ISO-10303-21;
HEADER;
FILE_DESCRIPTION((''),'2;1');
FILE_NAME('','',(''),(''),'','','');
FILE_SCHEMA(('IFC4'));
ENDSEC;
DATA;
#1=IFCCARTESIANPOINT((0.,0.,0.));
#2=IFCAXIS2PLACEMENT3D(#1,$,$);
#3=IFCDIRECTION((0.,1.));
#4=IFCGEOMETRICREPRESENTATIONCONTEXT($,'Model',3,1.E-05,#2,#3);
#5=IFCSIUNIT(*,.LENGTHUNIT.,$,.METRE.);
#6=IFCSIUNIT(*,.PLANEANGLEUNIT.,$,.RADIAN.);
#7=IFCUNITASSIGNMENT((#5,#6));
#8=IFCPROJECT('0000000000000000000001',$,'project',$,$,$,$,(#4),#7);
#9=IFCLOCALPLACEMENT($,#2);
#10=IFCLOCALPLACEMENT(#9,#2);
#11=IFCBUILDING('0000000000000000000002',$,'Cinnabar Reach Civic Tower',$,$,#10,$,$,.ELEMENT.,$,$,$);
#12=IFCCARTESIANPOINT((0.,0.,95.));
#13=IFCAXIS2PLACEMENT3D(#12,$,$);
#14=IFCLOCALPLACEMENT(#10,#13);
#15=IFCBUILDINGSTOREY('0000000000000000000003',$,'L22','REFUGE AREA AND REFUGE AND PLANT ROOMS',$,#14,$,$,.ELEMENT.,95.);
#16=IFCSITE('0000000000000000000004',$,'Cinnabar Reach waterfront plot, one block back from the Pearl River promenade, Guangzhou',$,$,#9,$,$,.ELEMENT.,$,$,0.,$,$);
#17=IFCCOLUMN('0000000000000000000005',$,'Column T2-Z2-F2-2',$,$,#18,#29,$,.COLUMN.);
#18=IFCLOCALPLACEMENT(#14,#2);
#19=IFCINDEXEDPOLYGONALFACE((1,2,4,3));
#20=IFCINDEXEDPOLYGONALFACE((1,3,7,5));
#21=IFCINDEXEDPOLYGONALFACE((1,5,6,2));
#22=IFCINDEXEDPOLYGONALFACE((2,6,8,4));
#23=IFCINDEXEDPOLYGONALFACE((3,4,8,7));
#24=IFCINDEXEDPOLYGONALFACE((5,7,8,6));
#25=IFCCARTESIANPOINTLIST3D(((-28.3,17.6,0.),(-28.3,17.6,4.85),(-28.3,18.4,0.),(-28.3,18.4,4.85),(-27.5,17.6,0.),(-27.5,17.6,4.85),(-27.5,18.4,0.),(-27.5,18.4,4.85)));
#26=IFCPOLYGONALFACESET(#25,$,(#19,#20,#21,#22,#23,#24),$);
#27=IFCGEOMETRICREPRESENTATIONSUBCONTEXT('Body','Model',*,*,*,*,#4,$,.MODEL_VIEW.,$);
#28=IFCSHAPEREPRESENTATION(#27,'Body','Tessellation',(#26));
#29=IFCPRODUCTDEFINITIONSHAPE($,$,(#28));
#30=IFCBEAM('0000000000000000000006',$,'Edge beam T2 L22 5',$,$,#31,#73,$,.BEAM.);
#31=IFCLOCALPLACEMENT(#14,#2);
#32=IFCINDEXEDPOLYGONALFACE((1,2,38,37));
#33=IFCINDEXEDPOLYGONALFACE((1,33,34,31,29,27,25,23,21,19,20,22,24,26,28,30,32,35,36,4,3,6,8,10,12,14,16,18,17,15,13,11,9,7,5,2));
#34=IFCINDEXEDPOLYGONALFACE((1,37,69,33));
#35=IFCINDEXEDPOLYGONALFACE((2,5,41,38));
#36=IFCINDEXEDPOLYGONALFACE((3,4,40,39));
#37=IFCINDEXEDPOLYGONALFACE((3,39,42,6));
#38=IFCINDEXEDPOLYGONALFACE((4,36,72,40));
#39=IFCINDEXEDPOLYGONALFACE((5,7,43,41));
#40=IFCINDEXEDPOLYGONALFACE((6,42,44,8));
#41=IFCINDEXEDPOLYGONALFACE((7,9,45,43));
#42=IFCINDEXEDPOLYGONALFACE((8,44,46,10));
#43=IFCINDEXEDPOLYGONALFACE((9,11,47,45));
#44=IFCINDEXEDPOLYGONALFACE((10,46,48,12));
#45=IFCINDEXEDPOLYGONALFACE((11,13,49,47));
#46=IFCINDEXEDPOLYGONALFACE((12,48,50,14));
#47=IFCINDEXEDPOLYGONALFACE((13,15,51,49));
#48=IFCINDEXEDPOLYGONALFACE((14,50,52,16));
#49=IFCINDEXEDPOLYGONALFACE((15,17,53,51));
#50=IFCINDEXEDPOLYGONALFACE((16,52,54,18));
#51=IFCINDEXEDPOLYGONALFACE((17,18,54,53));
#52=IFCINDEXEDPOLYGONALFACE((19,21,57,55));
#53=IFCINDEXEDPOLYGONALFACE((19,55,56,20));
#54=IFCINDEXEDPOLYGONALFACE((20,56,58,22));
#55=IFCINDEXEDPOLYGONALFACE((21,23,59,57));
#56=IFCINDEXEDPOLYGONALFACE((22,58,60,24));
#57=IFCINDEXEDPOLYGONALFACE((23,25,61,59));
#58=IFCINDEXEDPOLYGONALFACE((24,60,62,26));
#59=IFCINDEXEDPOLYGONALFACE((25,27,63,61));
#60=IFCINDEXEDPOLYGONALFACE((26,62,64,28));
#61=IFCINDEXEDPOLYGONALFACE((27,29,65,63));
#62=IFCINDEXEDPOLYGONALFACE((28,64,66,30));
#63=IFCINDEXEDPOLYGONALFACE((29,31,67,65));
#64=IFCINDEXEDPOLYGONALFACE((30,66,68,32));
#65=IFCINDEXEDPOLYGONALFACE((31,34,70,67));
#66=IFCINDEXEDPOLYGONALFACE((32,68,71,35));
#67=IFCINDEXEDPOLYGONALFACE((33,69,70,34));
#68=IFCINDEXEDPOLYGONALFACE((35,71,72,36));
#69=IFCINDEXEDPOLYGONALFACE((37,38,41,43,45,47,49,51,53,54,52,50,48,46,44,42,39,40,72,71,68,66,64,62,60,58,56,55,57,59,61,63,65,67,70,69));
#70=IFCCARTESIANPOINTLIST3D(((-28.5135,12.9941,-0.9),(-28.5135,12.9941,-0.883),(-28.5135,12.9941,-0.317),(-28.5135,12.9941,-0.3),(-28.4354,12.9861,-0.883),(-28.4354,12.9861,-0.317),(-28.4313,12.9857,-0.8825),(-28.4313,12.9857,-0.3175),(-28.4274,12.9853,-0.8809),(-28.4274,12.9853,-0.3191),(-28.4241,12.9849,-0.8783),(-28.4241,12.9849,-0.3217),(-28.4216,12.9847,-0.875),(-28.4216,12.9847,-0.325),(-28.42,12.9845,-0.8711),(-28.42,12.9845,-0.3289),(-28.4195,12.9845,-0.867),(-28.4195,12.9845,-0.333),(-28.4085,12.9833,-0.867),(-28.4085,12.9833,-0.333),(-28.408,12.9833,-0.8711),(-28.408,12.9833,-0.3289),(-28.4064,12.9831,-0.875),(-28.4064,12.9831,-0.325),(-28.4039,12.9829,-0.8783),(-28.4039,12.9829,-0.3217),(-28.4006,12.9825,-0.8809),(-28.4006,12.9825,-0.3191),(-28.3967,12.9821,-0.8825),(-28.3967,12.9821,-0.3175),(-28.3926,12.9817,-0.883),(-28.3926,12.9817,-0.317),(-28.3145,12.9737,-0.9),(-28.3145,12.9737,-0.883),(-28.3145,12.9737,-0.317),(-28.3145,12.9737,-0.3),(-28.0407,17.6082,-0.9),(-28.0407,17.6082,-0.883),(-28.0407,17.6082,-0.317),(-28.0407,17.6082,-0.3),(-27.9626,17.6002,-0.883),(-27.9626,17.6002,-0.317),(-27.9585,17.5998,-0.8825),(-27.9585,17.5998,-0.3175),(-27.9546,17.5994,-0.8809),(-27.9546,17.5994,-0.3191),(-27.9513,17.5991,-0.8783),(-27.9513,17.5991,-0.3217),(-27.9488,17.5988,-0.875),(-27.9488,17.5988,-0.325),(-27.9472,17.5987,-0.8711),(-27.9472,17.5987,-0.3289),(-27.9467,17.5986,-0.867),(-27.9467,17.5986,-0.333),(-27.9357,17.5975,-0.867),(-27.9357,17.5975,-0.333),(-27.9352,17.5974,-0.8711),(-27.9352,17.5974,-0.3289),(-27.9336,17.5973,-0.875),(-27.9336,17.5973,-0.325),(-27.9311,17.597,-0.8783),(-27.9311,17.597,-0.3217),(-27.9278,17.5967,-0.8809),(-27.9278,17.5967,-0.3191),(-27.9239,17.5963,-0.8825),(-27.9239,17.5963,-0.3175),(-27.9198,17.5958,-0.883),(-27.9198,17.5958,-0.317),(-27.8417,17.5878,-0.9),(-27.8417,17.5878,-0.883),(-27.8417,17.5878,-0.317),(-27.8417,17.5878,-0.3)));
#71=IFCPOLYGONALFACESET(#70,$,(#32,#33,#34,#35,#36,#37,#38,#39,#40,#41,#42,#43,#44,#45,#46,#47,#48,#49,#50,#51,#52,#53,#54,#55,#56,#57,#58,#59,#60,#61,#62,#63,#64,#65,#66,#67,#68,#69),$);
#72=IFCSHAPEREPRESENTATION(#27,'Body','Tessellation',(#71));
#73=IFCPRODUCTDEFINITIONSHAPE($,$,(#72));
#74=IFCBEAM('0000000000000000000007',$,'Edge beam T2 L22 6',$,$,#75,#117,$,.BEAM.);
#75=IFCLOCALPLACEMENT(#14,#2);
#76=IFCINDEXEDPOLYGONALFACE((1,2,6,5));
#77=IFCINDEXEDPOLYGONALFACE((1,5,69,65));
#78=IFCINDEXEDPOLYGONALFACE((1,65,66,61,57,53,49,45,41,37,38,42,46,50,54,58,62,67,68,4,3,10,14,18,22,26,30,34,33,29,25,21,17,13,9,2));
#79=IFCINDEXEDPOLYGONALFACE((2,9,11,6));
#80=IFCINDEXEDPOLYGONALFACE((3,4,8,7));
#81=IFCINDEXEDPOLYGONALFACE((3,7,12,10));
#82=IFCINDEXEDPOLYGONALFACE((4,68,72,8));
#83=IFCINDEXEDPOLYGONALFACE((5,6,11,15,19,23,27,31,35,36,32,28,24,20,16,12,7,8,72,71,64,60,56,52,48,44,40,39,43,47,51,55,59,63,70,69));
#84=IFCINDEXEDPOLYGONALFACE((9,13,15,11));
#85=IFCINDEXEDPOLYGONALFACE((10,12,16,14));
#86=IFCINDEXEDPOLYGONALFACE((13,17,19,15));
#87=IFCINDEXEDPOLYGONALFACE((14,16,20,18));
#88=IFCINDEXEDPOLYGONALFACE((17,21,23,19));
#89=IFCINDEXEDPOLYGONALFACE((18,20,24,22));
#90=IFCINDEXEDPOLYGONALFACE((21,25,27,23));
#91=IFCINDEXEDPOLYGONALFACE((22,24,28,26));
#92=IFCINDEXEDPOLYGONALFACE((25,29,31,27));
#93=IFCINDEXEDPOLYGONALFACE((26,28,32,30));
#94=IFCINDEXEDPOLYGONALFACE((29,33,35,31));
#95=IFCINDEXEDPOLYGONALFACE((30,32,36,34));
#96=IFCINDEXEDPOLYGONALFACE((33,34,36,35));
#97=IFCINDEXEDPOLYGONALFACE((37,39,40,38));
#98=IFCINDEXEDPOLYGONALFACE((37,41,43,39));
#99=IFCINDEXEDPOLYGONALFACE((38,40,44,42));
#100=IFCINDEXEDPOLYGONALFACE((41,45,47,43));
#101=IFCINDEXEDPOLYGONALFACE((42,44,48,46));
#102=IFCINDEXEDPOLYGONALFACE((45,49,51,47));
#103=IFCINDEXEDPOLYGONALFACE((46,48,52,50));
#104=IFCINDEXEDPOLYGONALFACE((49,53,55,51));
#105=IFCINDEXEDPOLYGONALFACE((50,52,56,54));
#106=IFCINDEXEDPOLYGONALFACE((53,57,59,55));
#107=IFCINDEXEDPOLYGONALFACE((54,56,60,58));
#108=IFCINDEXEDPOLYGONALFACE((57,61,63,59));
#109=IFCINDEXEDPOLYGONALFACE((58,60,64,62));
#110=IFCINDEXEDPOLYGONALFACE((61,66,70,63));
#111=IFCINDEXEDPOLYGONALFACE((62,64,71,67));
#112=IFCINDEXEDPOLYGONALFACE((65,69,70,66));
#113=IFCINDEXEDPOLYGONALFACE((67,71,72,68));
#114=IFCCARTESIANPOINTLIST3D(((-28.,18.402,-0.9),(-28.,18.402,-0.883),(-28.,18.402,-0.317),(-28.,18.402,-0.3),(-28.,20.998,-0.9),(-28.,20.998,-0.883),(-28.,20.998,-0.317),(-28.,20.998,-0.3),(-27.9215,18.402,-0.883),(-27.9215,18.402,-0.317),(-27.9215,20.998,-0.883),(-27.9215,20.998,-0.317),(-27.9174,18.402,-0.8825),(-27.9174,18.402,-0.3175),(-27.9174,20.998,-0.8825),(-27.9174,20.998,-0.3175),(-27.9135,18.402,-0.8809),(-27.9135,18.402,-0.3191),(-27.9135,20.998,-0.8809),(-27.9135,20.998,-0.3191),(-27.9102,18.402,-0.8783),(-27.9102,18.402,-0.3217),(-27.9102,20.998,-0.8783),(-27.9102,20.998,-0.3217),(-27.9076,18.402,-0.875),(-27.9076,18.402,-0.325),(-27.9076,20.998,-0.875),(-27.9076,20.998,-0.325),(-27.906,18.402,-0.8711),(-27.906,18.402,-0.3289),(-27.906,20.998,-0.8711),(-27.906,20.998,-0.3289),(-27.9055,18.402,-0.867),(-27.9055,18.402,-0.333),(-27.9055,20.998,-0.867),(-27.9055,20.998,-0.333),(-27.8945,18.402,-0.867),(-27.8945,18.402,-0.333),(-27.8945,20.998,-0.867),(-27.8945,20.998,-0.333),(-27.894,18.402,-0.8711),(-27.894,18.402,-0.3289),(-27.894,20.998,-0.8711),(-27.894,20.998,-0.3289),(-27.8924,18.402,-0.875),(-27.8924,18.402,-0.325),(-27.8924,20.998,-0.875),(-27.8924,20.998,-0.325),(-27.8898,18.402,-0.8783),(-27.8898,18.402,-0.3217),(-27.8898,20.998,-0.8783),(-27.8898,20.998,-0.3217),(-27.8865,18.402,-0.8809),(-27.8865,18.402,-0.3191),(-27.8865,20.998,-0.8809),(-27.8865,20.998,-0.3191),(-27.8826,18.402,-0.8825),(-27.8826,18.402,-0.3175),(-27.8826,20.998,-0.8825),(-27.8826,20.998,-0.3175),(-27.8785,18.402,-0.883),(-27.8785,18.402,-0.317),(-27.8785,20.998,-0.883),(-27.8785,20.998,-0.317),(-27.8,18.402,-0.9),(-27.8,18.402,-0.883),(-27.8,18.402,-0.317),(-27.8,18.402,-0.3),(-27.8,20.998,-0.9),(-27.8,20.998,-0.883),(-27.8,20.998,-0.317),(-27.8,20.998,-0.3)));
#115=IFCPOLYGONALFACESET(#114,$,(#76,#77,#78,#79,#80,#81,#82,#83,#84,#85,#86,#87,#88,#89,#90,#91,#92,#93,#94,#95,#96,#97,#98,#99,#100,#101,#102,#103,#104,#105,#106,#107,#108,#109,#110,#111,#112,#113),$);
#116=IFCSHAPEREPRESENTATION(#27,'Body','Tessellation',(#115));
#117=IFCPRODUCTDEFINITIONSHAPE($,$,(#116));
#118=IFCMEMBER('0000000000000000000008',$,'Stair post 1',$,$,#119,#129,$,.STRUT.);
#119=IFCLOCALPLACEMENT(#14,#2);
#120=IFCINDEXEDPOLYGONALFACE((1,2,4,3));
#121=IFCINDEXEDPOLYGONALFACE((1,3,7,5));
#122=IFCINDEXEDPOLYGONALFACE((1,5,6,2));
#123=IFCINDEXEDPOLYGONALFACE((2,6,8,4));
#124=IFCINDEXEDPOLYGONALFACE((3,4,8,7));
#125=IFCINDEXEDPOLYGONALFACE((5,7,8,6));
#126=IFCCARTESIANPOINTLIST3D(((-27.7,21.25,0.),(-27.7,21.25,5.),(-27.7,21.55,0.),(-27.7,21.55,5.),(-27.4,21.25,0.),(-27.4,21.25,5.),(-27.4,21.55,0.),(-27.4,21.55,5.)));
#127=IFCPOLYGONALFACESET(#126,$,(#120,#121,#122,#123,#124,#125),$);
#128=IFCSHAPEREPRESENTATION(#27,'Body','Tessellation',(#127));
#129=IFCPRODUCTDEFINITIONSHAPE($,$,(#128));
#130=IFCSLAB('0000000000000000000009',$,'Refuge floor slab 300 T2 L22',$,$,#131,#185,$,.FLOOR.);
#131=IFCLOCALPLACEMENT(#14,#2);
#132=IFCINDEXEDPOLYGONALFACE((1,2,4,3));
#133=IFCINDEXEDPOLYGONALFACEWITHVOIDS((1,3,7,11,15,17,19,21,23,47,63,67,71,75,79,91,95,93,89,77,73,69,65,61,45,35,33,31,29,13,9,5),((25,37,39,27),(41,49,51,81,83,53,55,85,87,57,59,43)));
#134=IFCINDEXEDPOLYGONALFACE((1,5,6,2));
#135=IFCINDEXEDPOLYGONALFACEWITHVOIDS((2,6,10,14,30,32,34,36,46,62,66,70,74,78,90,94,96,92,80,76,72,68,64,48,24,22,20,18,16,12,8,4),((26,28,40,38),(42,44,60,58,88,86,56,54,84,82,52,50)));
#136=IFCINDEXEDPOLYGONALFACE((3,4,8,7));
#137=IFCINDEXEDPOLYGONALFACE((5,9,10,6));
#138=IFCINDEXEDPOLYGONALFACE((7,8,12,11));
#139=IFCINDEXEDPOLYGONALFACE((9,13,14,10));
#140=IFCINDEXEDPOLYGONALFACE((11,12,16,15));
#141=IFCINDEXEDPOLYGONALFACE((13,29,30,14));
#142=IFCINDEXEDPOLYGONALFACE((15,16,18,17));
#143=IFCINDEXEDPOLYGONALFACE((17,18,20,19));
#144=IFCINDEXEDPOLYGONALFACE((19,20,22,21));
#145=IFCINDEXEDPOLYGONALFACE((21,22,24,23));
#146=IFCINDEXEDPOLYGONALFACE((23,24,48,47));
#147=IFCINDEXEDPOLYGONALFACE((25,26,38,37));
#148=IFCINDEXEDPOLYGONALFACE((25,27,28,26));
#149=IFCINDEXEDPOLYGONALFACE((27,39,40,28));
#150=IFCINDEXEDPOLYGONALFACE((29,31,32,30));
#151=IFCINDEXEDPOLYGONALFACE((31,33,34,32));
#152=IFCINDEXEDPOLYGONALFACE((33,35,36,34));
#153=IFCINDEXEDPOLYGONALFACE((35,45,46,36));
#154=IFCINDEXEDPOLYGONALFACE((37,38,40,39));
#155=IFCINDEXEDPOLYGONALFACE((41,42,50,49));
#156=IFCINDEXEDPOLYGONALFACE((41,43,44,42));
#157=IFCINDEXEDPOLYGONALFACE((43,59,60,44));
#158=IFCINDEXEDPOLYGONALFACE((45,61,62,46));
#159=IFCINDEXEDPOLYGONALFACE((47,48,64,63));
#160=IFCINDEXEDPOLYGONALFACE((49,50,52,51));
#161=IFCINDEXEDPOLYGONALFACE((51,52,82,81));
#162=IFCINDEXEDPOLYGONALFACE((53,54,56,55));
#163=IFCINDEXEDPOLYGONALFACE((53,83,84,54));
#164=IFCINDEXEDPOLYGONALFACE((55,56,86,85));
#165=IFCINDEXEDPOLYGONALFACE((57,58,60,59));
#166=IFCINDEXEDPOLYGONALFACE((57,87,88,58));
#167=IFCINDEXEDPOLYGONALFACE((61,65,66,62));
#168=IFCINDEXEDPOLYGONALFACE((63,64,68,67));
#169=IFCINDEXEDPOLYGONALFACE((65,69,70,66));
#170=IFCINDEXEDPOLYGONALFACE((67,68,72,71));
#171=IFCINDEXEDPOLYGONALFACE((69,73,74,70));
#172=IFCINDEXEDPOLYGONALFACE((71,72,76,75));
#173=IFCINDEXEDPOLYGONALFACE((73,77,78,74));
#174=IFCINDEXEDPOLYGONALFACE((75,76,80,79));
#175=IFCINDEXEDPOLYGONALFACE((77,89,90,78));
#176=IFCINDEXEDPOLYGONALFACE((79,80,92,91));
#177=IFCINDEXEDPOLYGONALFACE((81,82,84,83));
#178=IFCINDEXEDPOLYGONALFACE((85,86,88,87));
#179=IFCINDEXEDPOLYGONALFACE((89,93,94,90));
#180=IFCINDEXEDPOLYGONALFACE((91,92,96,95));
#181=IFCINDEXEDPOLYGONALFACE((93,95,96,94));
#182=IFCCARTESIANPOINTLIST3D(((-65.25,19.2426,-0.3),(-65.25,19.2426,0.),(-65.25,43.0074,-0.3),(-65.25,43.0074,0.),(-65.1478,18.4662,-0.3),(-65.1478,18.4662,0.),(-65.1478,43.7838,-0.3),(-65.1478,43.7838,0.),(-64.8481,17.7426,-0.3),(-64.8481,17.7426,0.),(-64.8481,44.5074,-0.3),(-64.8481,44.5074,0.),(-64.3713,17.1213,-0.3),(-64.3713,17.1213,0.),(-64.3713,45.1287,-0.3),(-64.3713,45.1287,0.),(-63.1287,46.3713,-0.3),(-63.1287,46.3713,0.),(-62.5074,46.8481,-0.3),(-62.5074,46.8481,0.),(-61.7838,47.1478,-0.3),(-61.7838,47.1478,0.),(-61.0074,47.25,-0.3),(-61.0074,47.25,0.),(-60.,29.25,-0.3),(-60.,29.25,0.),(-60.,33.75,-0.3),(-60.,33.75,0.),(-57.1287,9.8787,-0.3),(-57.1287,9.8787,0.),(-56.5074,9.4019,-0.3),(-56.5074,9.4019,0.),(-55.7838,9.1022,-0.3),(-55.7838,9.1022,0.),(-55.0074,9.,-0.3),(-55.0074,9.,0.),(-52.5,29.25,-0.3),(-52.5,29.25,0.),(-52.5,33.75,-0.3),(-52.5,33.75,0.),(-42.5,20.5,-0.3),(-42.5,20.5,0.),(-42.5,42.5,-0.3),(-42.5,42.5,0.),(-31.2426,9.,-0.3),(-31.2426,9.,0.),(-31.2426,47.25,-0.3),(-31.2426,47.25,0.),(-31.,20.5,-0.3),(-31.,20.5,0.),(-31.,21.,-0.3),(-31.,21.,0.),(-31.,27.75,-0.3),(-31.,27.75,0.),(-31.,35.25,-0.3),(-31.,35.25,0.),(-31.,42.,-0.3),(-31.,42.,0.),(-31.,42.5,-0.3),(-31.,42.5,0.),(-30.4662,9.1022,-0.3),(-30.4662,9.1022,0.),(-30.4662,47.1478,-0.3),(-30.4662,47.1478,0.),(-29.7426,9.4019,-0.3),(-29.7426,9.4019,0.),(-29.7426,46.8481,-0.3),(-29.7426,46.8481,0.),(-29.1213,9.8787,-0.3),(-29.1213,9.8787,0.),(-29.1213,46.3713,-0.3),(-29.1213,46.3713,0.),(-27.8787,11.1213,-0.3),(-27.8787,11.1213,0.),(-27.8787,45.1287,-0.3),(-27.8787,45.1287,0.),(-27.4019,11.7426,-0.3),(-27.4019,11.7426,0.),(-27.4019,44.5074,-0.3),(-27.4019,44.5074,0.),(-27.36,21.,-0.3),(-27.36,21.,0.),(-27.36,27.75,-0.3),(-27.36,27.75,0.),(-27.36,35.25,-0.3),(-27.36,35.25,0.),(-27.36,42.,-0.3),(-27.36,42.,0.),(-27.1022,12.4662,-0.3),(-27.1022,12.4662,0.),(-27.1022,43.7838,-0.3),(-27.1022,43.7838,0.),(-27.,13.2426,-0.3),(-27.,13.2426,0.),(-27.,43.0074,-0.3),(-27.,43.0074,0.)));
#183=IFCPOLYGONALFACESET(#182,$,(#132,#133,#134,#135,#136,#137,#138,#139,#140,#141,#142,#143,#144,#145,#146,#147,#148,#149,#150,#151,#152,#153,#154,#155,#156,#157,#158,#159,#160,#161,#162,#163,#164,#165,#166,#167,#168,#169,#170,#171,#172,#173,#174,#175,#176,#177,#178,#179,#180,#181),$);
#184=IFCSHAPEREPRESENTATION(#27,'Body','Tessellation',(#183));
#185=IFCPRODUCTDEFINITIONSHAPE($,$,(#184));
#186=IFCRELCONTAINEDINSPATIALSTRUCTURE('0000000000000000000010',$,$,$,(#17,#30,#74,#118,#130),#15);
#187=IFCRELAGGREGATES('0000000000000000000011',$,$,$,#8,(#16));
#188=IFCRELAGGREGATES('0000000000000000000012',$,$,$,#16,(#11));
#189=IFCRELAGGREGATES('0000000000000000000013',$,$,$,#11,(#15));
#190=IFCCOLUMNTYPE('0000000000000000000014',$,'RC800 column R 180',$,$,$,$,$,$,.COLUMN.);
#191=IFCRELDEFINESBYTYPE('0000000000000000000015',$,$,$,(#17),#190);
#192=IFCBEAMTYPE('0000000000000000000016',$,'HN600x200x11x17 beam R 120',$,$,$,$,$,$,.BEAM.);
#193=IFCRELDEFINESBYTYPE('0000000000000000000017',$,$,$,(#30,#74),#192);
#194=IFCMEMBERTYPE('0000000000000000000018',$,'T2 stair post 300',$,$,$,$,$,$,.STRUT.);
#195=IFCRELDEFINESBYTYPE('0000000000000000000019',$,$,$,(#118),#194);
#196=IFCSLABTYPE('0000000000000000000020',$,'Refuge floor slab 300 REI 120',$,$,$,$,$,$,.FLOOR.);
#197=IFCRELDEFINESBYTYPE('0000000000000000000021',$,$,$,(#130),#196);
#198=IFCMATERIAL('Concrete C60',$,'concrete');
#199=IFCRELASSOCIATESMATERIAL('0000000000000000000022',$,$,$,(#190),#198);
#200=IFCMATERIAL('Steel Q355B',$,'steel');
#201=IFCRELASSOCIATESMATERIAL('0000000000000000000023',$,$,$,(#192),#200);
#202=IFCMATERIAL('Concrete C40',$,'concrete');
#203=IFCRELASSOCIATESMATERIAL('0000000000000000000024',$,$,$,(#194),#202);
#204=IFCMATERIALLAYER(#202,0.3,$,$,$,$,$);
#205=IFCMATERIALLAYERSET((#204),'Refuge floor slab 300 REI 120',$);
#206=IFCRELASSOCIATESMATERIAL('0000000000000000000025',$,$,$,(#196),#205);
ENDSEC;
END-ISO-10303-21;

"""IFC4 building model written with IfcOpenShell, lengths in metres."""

from ifc_helpers import new_model, si_unit, direction, frame, origin, origin_2d, place, context, subcontext, project, spatial, polyline, rectangle, i_section, outline, extrude, material, layer, layer_set, material_profile, profile_set, type_object, element, save


model = new_model("IFC4")

# Units and contexts
model_context = context("Model", 3, precision=1e-05, world=origin(), true_north=direction((0.0, 1.0)))
body_context = subcontext(model_context, "Body", "Model", "MODEL_VIEW")
ifc_project = project(units=[si_unit("LENGTHUNIT", "METRE"), si_unit("PLANEANGLEUNIT", "RADIAN")], contexts=[model_context])

# Site, building, storey
site_placement = place(None, origin())
site = spatial("IfcSite", under=ifc_project, at=site_placement, Name="Cinnabar Reach waterfront plot, one block back from the Pearl River promenade, Guangzhou", CompositionType="ELEMENT", RefElevation=0.0)
building_placement = place(site_placement, origin())
building = spatial("IfcBuilding", under=site, at=building_placement, Name="Cinnabar Reach Civic Tower", CompositionType="ELEMENT")
storey_placement = place(building_placement, frame((0.0, 0.0, 95.0)))
storey = spatial("IfcBuildingStorey", under=building, at=storey_placement, Name="L22", Description="REFUGE AREA AND REFUGE AND PLANT ROOMS", CompositionType="ELEMENT", Elevation=95.0)

# Column
ifc_material_1 = material(Name="Concrete C60", Category="concrete")
ifc_material_profile_1 = material_profile(ifc_material_1, rectangle(XDim=0.8, YDim=0.8, at=origin_2d()), Name="RC800")
ifc_profile_set_1 = profile_set([ifc_material_profile_1], Name="Concrete C60")
column_type = type_object("IfcColumnType", Name="RC800 column R 180", PredefinedType="COLUMN", material=ifc_profile_set_1)
column_placement = place(storey_placement, frame((-27.9, 18.0, 0.0), z_axis=(0.0, 0.0, 1.0), x_axis=(1.0, 0.0, 0.0)))
element("IfcColumn", 1, at=column_placement, inside=storey, type_object=column_type, Name="Column T2-Z2-F2-2", PredefinedType="COLUMN", context=body_context, shape_type="SweptSolid", body=[
    extrude(rectangle(XDim=0.8, YDim=0.8, at=origin_2d()), origin(), (0.0, 0.0, 1.0), 4.85),
])

# Beams
ifc_material_2 = material(Name="Steel Q355B", Category="steel")
ifc_material_profile_2 = material_profile(ifc_material_2, i_section(OverallWidth=0.2, OverallDepth=0.6, WebThickness=0.011, FlangeThickness=0.017, FilletRadius=0.016, at=origin_2d()), Name="HN600x200x11x17")
ifc_profile_set_2 = profile_set([ifc_material_profile_2], Name="Steel Q355B")
beam_type = type_object("IfcBeamType", Name="HN600x200x11x17 beam R 120", PredefinedType="BEAM", material=ifc_profile_set_2)
beam_1_placement = place(storey_placement, frame((-28.414, 12.9839, -0.6), z_axis=(0.101935, 0.994791, 0.0), x_axis=(-0.994791, 0.101935, 0.0)))
element("IfcBeam", 2, at=beam_1_placement, inside=storey, type_object=beam_type, Name="Edge beam T2 L22 5", PredefinedType="BEAM", context=body_context, shape_type="SweptSolid", body=[
    extrude(i_section(OverallWidth=0.2, OverallDepth=0.6, WebThickness=0.011, FlangeThickness=0.017, FilletRadius=0.016, at=origin_2d()), origin(), (0.0, 0.0, 1.0), 4.6383),
])
beam_2_placement = place(storey_placement, frame((-27.9, 18.402, -0.6), z_axis=(0.0, 1.0, 0.0), x_axis=(-1.0, 0.0, 0.0)))
element("IfcBeam", 3, at=beam_2_placement, inside=storey, type_object=beam_type, Name="Edge beam T2 L22 6", PredefinedType="BEAM", context=body_context, shape_type="SweptSolid", body=[
    extrude(i_section(OverallWidth=0.2, OverallDepth=0.6, WebThickness=0.011, FlangeThickness=0.017, FilletRadius=0.016, at=origin_2d()), origin(), (0.0, 0.0, 1.0), 2.596),
])

# Member
ifc_material_3 = material(Name="Concrete C40", Category="concrete")
ifc_material_profile_3 = material_profile(ifc_material_3, rectangle(XDim=0.3, YDim=0.3, at=origin_2d()), Name="C300")
ifc_profile_set_3 = profile_set([ifc_material_profile_3], Name="Concrete C40")
member_type = type_object("IfcMemberType", Name="T2 stair post 300", PredefinedType="STRUT", material=ifc_profile_set_3)
member_placement = place(storey_placement, frame((-27.55, 21.4, 0.0), z_axis=(0.0, 0.0, 1.0), x_axis=(1.0, 0.0, 0.0)))
element("IfcMember", 4, at=member_placement, inside=storey, type_object=member_type, Name="Stair post 1", PredefinedType="STRUT", context=body_context, shape_type="SweptSolid", body=[
    extrude(rectangle(XDim=0.3, YDim=0.3, at=origin_2d()), origin(), (0.0, 0.0, 1.0), 5.0),
])

# Slab
ifc_layer_1 = layer(ifc_material_3, 0.3)
ifc_layer_set_1 = layer_set([ifc_layer_1], Name="Refuge floor slab 300 REI 120")
slab_type_1 = type_object("IfcSlabType", Name="Refuge floor slab 300 REI 120", PredefinedType="FLOOR", material=ifc_layer_set_1)
slab_1_placement = place(storey_placement, frame((0.0, 0.0, -0.3)))
element("IfcSlab", 5, at=slab_1_placement, inside=storey, type_object=slab_type_1, Name="Refuge floor slab 300 T2 L22", PredefinedType="FLOOR", context=body_context, shape_type="SweptSolid", body=[
    extrude(outline(polyline([(-64.3713, 17.1213), (-64.8481, 17.7426), (-65.1478, 18.4662), (-65.25, 19.2426), (-65.25, 43.0074), (-65.1478, 43.7838), (-64.8481, 44.5074), (-64.3713, 45.1287), (-63.1287, 46.3713), (-62.5074, 46.8481), (-61.7838, 47.1478), (-61.0074, 47.25), (-31.2426, 47.25), (-30.4662, 47.1478), (-29.7426, 46.8481), (-29.1213, 46.3713), (-27.8787, 45.1287), (-27.4019, 44.5074), (-27.1022, 43.7838), (-27.0, 43.0074), (-27.0, 13.2426), (-27.1022, 12.4662), (-27.4019, 11.7426), (-27.8787, 11.1213), (-29.1213, 9.8787), (-29.7426, 9.4019), (-30.4662, 9.1022), (-31.2426, 9.0), (-55.0074, 9.0), (-55.7838, 9.1022), (-56.5074, 9.4019), (-57.1287, 9.8787), (-64.3713, 17.1213)]), holes=[polyline([(-31.0, 27.75), (-31.0, 35.25), (-27.36, 35.25), (-27.36, 42.0), (-31.0, 42.0), (-31.0, 42.5), (-42.5, 42.5), (-42.5, 20.5), (-31.0, 20.5), (-31.0, 21.0), (-27.36, 21.0), (-27.36, 27.75), (-31.0, 27.75)]), polyline([(-60.0, 33.75), (-60.0, 29.25), (-52.5, 29.25), (-52.5, 33.75), (-60.0, 33.75)])]), origin(), (0.0, 0.0, 1.0), 0.3),
])

save(model, "model.ifc")
